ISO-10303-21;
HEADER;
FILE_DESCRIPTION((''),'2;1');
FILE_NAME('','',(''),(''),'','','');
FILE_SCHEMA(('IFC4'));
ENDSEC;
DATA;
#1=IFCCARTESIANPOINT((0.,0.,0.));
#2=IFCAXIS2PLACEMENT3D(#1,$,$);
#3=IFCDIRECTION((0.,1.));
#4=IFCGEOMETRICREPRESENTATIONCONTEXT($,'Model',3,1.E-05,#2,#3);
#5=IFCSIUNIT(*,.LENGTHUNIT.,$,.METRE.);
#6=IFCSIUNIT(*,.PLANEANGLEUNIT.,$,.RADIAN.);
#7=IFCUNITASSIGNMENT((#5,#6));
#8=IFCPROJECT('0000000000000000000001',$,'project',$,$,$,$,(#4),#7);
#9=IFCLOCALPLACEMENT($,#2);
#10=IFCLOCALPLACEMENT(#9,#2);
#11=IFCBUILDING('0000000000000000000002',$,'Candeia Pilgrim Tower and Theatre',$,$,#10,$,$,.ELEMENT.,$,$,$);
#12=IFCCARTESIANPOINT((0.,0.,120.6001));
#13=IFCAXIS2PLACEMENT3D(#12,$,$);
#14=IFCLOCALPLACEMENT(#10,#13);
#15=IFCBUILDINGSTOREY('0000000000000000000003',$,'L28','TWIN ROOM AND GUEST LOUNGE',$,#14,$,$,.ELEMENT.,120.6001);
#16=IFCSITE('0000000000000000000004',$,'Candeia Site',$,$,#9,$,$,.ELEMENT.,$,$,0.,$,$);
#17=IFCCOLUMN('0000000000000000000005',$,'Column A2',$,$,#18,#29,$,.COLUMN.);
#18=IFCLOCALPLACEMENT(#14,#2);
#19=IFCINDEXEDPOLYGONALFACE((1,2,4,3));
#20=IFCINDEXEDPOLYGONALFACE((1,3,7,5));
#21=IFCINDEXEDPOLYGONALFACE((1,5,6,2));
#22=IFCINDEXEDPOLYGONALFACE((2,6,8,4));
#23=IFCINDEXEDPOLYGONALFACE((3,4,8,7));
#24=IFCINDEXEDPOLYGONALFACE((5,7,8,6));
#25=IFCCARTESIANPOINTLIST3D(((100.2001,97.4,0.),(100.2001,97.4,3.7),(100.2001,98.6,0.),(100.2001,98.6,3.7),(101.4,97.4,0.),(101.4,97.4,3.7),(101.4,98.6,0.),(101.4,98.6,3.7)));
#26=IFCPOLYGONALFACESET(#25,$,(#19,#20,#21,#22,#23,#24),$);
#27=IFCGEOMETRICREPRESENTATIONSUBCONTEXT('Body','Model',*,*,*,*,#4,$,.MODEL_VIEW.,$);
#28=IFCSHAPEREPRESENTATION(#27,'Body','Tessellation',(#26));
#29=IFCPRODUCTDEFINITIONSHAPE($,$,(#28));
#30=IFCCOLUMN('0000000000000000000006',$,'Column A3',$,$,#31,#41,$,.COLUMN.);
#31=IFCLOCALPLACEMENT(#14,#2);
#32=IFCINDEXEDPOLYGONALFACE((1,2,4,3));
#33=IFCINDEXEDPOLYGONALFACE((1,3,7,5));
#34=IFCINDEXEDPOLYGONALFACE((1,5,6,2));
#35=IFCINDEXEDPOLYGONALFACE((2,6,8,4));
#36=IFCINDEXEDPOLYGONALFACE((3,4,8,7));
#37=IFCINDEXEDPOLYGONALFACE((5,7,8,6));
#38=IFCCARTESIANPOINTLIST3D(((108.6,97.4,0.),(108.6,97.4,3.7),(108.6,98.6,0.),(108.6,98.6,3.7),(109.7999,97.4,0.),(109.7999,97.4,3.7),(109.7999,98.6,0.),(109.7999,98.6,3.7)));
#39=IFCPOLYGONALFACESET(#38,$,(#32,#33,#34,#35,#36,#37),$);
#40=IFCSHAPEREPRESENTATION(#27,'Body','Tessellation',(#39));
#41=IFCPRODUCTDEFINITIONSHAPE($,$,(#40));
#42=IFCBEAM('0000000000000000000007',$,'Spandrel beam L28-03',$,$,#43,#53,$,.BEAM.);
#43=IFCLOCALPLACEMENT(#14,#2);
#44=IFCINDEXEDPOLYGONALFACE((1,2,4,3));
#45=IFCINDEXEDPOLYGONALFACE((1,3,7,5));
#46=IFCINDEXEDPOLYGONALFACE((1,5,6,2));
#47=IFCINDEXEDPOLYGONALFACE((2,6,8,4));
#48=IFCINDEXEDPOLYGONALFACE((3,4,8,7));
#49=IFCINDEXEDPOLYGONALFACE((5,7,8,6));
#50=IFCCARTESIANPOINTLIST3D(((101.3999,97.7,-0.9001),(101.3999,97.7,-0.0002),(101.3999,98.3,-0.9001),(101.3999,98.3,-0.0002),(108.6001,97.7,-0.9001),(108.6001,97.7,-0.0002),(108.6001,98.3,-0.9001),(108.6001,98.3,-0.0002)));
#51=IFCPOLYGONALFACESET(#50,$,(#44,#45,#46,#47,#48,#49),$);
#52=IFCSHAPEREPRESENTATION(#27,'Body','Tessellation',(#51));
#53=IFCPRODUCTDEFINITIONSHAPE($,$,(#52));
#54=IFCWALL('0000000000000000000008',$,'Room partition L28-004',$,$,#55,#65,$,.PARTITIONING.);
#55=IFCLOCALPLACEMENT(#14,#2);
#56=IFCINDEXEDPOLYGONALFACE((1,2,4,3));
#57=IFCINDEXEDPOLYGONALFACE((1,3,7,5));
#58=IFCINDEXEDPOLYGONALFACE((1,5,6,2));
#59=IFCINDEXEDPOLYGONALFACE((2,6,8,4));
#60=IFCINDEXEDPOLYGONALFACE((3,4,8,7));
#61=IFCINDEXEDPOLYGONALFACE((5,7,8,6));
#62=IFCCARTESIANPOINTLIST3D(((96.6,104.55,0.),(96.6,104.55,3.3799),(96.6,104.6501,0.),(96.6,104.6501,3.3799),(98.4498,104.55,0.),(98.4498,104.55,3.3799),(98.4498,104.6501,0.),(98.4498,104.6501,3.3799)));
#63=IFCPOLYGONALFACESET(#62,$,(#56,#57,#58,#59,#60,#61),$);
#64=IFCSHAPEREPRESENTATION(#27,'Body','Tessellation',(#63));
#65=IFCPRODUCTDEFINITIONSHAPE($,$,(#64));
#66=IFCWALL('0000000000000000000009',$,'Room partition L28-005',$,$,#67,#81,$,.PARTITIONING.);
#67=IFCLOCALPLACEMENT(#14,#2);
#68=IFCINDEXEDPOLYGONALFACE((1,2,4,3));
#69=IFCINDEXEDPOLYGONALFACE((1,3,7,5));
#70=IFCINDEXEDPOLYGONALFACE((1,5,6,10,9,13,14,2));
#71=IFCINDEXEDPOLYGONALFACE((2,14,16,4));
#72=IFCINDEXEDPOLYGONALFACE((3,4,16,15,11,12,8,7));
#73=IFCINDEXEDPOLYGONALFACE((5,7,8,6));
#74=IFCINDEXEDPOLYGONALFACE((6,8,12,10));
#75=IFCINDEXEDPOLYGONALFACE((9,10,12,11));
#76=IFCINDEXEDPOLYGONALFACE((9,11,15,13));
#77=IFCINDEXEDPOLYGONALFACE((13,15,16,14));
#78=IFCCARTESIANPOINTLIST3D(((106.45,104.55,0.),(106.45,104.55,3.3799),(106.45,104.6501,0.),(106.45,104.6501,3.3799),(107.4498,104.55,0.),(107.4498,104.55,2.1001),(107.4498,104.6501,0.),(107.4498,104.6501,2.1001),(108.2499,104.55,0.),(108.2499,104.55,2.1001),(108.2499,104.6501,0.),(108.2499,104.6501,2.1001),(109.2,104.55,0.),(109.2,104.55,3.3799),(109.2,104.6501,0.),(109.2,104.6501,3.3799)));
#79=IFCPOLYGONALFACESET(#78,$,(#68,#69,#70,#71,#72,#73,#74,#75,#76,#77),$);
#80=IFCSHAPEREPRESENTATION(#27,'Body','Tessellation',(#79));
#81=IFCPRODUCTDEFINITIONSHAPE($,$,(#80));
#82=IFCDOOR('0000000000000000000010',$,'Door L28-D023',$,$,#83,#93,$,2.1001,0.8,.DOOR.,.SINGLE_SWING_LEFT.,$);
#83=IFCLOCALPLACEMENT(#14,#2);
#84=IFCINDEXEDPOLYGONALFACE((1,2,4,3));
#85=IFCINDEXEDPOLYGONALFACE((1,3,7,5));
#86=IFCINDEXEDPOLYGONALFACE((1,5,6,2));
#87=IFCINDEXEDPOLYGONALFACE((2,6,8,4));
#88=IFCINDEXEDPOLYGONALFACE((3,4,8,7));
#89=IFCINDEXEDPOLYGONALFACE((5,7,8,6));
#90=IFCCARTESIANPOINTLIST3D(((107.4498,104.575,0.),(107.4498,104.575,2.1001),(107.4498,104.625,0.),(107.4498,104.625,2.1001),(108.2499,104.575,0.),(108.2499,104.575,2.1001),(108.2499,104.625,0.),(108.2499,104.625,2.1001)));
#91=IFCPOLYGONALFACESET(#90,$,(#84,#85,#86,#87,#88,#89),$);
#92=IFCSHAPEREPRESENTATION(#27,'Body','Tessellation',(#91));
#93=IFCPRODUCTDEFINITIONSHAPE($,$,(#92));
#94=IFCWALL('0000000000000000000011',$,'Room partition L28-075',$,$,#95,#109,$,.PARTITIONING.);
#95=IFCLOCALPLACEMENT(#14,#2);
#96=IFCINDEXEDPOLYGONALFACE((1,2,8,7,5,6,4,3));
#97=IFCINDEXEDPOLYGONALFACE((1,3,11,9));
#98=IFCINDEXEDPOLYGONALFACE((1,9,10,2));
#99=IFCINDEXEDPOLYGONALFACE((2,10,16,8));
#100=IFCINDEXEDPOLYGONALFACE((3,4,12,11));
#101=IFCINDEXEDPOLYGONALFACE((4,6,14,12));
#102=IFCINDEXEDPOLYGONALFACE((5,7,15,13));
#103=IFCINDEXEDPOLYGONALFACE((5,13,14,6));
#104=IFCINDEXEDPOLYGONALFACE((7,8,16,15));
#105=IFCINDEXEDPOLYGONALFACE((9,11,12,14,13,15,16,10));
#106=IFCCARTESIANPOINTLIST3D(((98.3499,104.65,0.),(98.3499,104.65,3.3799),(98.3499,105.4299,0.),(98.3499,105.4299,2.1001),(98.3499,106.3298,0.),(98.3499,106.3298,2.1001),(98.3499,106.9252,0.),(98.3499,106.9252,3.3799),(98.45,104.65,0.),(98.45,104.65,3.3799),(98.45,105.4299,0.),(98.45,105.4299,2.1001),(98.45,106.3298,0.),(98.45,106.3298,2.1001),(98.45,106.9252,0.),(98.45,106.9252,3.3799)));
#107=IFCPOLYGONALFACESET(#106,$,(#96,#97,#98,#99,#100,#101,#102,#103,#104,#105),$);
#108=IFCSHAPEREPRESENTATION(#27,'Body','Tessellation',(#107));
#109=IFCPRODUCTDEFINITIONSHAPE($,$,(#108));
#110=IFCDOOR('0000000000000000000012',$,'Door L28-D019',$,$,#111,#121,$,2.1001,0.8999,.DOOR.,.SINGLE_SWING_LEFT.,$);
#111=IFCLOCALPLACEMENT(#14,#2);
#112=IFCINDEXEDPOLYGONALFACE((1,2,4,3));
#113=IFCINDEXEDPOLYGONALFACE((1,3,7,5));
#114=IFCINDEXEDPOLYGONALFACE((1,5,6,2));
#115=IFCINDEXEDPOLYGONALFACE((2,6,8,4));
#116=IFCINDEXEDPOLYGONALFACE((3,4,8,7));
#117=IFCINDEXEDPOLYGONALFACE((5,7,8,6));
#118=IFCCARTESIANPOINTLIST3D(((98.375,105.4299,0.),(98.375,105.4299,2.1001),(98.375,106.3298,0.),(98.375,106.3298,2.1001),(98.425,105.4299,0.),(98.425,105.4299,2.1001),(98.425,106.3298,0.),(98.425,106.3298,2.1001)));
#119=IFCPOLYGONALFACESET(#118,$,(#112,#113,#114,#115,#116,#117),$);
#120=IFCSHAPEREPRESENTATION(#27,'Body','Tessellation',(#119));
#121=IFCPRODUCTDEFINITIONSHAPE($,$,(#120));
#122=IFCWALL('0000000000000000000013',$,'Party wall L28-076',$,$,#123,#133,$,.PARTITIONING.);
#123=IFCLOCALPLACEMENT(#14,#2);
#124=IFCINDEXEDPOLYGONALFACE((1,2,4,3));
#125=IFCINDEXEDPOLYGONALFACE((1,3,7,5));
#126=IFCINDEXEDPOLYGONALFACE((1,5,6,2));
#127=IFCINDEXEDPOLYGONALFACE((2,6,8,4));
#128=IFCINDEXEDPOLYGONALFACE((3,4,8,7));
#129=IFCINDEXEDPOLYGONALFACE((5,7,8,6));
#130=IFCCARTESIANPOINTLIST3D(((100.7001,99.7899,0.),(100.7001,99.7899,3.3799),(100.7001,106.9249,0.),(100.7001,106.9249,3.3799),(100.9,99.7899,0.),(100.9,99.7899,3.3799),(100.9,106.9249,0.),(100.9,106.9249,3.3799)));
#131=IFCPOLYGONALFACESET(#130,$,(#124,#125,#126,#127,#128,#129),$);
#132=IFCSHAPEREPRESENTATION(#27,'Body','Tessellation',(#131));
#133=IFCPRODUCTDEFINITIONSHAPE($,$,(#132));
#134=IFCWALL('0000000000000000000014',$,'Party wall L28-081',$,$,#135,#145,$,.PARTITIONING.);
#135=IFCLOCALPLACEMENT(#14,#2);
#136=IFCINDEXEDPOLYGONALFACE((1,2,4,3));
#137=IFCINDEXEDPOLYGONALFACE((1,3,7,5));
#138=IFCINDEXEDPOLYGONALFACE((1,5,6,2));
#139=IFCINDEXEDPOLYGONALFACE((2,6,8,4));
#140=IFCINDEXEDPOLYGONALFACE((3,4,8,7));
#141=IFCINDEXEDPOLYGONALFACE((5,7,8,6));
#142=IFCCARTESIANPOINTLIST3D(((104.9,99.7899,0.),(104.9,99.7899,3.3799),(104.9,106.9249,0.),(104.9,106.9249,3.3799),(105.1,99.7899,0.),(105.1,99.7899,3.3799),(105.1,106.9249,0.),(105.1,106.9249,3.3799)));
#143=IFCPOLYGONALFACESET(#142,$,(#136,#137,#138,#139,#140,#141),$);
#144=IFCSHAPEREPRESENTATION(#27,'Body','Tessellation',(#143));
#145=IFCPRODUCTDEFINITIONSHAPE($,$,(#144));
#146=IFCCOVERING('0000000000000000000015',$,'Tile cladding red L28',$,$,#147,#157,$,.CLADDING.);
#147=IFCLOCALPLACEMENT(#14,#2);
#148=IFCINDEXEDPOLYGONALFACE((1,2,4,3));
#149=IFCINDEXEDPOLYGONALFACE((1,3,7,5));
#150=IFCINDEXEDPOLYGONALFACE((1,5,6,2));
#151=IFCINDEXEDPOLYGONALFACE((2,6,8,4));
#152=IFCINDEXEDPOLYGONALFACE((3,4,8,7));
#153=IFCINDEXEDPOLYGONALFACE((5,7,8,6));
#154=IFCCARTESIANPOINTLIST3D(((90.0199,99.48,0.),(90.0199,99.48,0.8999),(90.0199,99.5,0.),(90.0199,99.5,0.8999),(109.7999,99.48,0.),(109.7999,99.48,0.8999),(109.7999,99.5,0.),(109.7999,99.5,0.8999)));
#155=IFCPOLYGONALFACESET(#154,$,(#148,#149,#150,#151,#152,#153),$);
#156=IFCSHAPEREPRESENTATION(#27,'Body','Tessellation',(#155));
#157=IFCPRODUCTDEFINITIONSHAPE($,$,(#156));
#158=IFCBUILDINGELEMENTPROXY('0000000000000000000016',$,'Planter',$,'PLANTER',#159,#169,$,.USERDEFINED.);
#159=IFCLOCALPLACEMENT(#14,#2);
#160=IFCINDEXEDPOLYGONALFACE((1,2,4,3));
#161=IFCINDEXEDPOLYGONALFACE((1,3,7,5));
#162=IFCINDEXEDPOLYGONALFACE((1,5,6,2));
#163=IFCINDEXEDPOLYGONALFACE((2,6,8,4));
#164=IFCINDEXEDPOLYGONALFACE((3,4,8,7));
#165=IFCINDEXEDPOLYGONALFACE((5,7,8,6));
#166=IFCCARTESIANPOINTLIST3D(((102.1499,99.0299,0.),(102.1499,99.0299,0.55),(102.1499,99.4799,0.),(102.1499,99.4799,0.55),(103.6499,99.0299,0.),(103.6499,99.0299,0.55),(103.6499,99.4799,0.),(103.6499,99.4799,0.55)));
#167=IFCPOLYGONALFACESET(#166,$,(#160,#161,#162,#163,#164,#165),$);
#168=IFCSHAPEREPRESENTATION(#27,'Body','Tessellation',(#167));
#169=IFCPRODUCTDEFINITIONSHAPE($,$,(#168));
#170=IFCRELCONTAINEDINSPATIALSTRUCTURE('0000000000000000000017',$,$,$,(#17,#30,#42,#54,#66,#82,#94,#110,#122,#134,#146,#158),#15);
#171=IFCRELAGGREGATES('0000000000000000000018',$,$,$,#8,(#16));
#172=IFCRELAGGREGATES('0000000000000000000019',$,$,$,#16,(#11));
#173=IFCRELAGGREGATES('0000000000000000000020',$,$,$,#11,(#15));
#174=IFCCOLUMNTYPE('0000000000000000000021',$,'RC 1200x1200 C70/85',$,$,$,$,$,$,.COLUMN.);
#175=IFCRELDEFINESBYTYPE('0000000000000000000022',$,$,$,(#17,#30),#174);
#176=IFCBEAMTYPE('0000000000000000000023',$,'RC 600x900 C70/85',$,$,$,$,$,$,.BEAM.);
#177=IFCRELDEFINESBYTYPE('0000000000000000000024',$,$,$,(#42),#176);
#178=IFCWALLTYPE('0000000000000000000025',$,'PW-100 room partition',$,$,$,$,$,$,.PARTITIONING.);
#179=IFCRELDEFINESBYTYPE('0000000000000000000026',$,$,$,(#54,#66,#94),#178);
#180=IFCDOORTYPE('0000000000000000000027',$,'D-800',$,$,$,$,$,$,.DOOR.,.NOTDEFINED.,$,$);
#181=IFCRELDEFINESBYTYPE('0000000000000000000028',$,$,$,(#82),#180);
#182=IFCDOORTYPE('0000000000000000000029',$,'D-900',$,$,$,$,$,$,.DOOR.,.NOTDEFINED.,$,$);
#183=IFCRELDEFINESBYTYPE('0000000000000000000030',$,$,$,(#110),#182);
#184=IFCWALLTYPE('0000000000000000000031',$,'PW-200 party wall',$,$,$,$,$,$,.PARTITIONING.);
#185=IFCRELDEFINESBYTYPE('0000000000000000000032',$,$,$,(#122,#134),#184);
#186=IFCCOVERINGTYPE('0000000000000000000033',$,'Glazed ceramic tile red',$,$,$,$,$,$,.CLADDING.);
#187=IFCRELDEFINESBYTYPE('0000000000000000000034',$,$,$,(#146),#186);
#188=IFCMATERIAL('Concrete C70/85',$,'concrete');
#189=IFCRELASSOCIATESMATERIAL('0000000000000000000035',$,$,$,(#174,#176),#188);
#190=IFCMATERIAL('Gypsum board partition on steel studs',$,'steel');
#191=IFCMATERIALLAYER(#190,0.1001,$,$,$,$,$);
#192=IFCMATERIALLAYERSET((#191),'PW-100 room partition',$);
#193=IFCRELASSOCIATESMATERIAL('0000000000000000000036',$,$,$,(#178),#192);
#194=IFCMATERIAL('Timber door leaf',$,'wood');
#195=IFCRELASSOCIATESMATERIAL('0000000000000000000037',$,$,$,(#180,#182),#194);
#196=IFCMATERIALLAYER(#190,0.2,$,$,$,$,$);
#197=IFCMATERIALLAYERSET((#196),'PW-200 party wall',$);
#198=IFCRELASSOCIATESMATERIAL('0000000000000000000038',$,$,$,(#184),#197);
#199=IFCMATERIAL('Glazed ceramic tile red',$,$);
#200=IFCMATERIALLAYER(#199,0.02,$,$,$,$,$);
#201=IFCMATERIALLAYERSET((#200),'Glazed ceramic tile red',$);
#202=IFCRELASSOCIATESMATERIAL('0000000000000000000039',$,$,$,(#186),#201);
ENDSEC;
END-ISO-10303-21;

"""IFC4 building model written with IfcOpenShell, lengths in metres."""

from ifc_helpers import new_model, si_unit, direction, frame, frame_2d, origin, origin_2d, place, context, subcontext, project, spatial, rectangle, extrude, material, layer, layer_set, material_profile, profile_set, type_object, element, fill, save


model = new_model("IFC4")

# Units and contexts
model_context = context("Model", 3, precision=1e-05, world=origin(), true_north=direction((0.0, 1.0)))
body_context = subcontext(model_context, "Body", "Model", "MODEL_VIEW")
ifc_project = project(units=[si_unit("LENGTHUNIT", "METRE"), si_unit("PLANEANGLEUNIT", "RADIAN")], contexts=[model_context])

# Site, building, storey
site_placement = place(None, origin())
site = spatial("IfcSite", under=ifc_project, at=site_placement, Name="Candeia Site", CompositionType="ELEMENT", RefElevation=0.0)
building_placement = place(site_placement, origin())
building = spatial("IfcBuilding", under=site, at=building_placement, Name="Candeia Pilgrim Tower and Theatre", CompositionType="ELEMENT")
storey_placement = place(building_placement, frame((0.0, 0.0, 120.6001)))
storey = spatial("IfcBuildingStorey", under=building, at=storey_placement, Name="L28", Description="TWIN ROOM AND GUEST LOUNGE", CompositionType="ELEMENT", Elevation=120.6001)

# Columns
ifc_material_1 = material(Name="Concrete C70/85", Category="concrete")
ifc_material_profile_1 = material_profile(ifc_material_1, rectangle(XDim=1.2, YDim=1.2, at=origin_2d()))
ifc_profile_set_1 = profile_set([ifc_material_profile_1], Name="Concrete C70/85")
column_type = type_object("IfcColumnType", Name="RC 1200x1200 C70/85", PredefinedType="COLUMN", material=ifc_profile_set_1)
for number, where, z_axis, x_axis, name in (
    (1, (100.8, 98.0, 0.0), (0.0, 0.0, 1.0), (1.0, 0.0, 0.0), "Column A2"),
    (2, (109.2, 98.0, 0.0), (0.0, 0.0, 1.0), (1.0, 0.0, 0.0), "Column A3"),
):
    element("IfcColumn", number, at=place(storey_placement, frame(where, z_axis=z_axis, x_axis=x_axis)), inside=storey, type_object=column_type, Name=name, PredefinedType="COLUMN", context=body_context, shape_type="SweptSolid", body=[
        extrude(rectangle(XDim=1.2, YDim=1.2, at=origin_2d()), origin(), (0.0, 0.0, 1.0), 3.7),
    ])

# Beam
ifc_material_profile_2 = material_profile(ifc_material_1, rectangle(XDim=0.6001, YDim=0.8999, at=origin_2d()))
ifc_profile_set_2 = profile_set([ifc_material_profile_2], Name="Concrete C70/85")
beam_type = type_object("IfcBeamType", Name="RC 600x900 C70/85", PredefinedType="BEAM", material=ifc_profile_set_2)
beam_placement = place(storey_placement, frame((101.3999, 98.0, -0.4502), z_axis=(1.0, 0.0, 0.0), x_axis=(0.0, 1.0, 0.0)))
element("IfcBeam", 3, at=beam_placement, inside=storey, type_object=beam_type, Name="Spandrel beam L28-03", PredefinedType="BEAM", context=body_context, shape_type="SweptSolid", body=[
    extrude(rectangle(XDim=0.6001, YDim=0.8999, at=origin_2d()), origin(), (0.0, 0.0, 1.0), 7.2002),
])

# Wall
ifc_material_2 = material(Name="Gypsum board partition on steel studs", Category="steel")
ifc_layer_1 = layer(ifc_material_2, 0.1001)
ifc_layer_set_1 = layer_set([ifc_layer_1], Name="PW-100 room partition")
wall_type_1 = type_object("IfcWallType", Name="PW-100 room partition", PredefinedType="PARTITIONING", material=ifc_layer_set_1)
wall_1_placement = place(storey_placement, frame((96.6001, 104.6001, 0.0), z_axis=(0.0, 0.0, 1.0), x_axis=(1.0, 0.0, 0.0)))
element("IfcWall", 4, at=wall_1_placement, inside=storey, type_object=wall_type_1, Name="Room partition L28-004", PredefinedType="PARTITIONING", context=body_context, shape_type="SweptSolid", body=[
    extrude(rectangle(XDim=1.8499, YDim=0.1001, at=frame_2d((0.9248, 0.0))), origin(), (0.0, 0.0, 1.0), 3.3799),
])

# Walls, openings, doors
wall_2_placement = place(storey_placement, frame((106.45, 104.6001, 0.0), z_axis=(0.0, 0.0, 1.0), x_axis=(1.0, 0.0, 0.0)))
wall_2 = element("IfcWall", 5, at=wall_2_placement, inside=storey, type_object=wall_type_1, Name="Room partition L28-005", PredefinedType="PARTITIONING", context=body_context, shape_type="SweptSolid", body=[
    extrude(rectangle(XDim=2.75, YDim=0.1001, at=frame_2d((1.375, 0.0))), origin(), (0.0, 0.0, 1.0), 3.3799),
])
opening_1_placement = place(wall_2_placement, frame((1.0, 0.0, 0.0)))
opening_1 = element("IfcOpeningElement", 6, at=opening_1_placement, cuts=wall_2, PredefinedType="OPENING", context=body_context, shape_type="SweptSolid", body=[
    extrude(rectangle(XDim=0.8, YDim=2.1001, at=frame_2d((0.3999, 1.05))), frame((0.0, 0.0601, 0.0), z_axis=(0.0, -1.0, 0.0), x_axis=(1.0, 0.0, 0.0)), (0.0, 0.0, 1.0), 0.1201),
])
ifc_material_3 = material(Name="Timber door leaf", Category="wood")
door_type_1 = type_object("IfcDoorType", Name="D-800", OperationType="NOTDEFINED", PredefinedType="DOOR", material=ifc_material_3)
door_1_placement = place(opening_1_placement, origin())
door_1 = element("IfcDoor", 7, at=door_1_placement, inside=storey, type_object=door_type_1, Name="Door L28-D023", OperationType="SINGLE_SWING_LEFT", OverallHeight=2.1001, OverallWidth=0.8, PredefinedType="DOOR", context=body_context, shape_type="SweptSolid", body=[
    extrude(rectangle(XDim=0.8, YDim=2.1001, at=frame_2d((0.3999, 1.05))), frame((0.0, 0.0249, 0.0), z_axis=(0.0, -1.0, 0.0), x_axis=(1.0, 0.0, 0.0)), (0.0, 0.0, 1.0), 0.05),
])
fill(opening_1, door_1)
wall_3_placement = place(storey_placement, frame((98.3999, 104.6499, 0.0), z_axis=(0.0, 0.0, 1.0), x_axis=(0.0, 1.0, 0.0)))
wall_3 = element("IfcWall", 8, at=wall_3_placement, inside=storey, type_object=wall_type_1, Name="Room partition L28-075", PredefinedType="PARTITIONING", context=body_context, shape_type="SweptSolid", body=[
    extrude(rectangle(XDim=2.2751, YDim=0.1001, at=frame_2d((1.1377, 0.0))), origin(), (0.0, 0.0, 1.0), 3.3799),
])
opening_2_placement = place(wall_3_placement, frame((0.78, 0.0, 0.0)))
opening_2 = element("IfcOpeningElement", 9, at=opening_2_placement, cuts=wall_3, PredefinedType="OPENING", context=body_context, shape_type="SweptSolid", body=[
    extrude(rectangle(XDim=0.8999, YDim=2.1001, at=frame_2d((0.45, 1.05))), frame((0.0, 0.0601, 0.0), z_axis=(0.0, -1.0, 0.0), x_axis=(1.0, 0.0, 0.0)), (0.0, 0.0, 1.0), 0.1201),
])
door_type_2 = type_object("IfcDoorType", Name="D-900", OperationType="NOTDEFINED", PredefinedType="DOOR", material=ifc_material_3)
door_2_placement = place(opening_2_placement, origin())
door_2 = element("IfcDoor", 10, at=door_2_placement, inside=storey, type_object=door_type_2, Name="Door L28-D019", OperationType="SINGLE_SWING_LEFT", OverallHeight=2.1001, OverallWidth=0.8999, PredefinedType="DOOR", context=body_context, shape_type="SweptSolid", body=[
    extrude(rectangle(XDim=0.8999, YDim=2.1001, at=frame_2d((0.45, 1.05))), frame((0.0, 0.0249, 0.0), z_axis=(0.0, -1.0, 0.0), x_axis=(1.0, 0.0, 0.0)), (0.0, 0.0, 1.0), 0.05),
])
fill(opening_2, door_2)

# Walls
ifc_layer_2 = layer(ifc_material_2, 0.2)
ifc_layer_set_2 = layer_set([ifc_layer_2], Name="PW-200 party wall")
wall_type_2 = type_object("IfcWallType", Name="PW-200 party wall", PredefinedType="PARTITIONING", material=ifc_layer_set_2)
for number, where, z_axis, x_axis, name in (
    (11, (100.8, 99.79, 0.0), (0.0, 0.0, 1.0), (0.0, 1.0, 0.0), "Party wall L28-076"),
    (12, (105.0, 99.79, 0.0), (0.0, 0.0, 1.0), (0.0, 1.0, 0.0), "Party wall L28-081"),
):
    element("IfcWall", number, at=place(storey_placement, frame(where, z_axis=z_axis, x_axis=x_axis)), inside=storey, type_object=wall_type_2, Name=name, PredefinedType="PARTITIONING", context=body_context, shape_type="SweptSolid", body=[
        extrude(rectangle(XDim=7.135, YDim=0.2, at=frame_2d((3.5674, 0.0))), origin(), (0.0, 0.0, 1.0), 3.3799),
    ])

# Covering
ifc_material_4 = material(Name="Glazed ceramic tile red")
ifc_layer_3 = layer(ifc_material_4, 0.02)
ifc_layer_set_3 = layer_set([ifc_layer_3], Name="Glazed ceramic tile red")
covering_type = type_object("IfcCoveringType", Name="Glazed ceramic tile red", PredefinedType="CLADDING", material=ifc_layer_set_3)
covering_placement = place(storey_placement, frame((99.9099, 99.49, 0.0), z_axis=(0.0, 0.0, 1.0), x_axis=(1.0, 0.0, 0.0)))
element("IfcCovering", 13, at=covering_placement, inside=storey, type_object=covering_type, Name="Tile cladding red L28", PredefinedType="CLADDING", context=body_context, shape_type="SweptSolid", body=[
    extrude(rectangle(XDim=19.78, YDim=0.02, at=origin_2d()), origin(), (0.0, 0.0, 1.0), 0.8999),
])

# Building element proxy
proxy_placement = place(storey_placement, frame((102.8999, 99.2549, 0.0), z_axis=(0.0, 0.0, 1.0), x_axis=(1.0, 0.0, 0.0)))
element("IfcBuildingElementProxy", 14, at=proxy_placement, inside=storey, Name="Planter", ObjectType="PLANTER", PredefinedType="USERDEFINED", context=body_context, shape_type="SweptSolid", body=[
    extrude(rectangle(XDim=1.5, YDim=0.45, at=origin_2d()), origin(), (0.0, 0.0, 1.0), 0.55),
])

save(model, "model.ifc")
